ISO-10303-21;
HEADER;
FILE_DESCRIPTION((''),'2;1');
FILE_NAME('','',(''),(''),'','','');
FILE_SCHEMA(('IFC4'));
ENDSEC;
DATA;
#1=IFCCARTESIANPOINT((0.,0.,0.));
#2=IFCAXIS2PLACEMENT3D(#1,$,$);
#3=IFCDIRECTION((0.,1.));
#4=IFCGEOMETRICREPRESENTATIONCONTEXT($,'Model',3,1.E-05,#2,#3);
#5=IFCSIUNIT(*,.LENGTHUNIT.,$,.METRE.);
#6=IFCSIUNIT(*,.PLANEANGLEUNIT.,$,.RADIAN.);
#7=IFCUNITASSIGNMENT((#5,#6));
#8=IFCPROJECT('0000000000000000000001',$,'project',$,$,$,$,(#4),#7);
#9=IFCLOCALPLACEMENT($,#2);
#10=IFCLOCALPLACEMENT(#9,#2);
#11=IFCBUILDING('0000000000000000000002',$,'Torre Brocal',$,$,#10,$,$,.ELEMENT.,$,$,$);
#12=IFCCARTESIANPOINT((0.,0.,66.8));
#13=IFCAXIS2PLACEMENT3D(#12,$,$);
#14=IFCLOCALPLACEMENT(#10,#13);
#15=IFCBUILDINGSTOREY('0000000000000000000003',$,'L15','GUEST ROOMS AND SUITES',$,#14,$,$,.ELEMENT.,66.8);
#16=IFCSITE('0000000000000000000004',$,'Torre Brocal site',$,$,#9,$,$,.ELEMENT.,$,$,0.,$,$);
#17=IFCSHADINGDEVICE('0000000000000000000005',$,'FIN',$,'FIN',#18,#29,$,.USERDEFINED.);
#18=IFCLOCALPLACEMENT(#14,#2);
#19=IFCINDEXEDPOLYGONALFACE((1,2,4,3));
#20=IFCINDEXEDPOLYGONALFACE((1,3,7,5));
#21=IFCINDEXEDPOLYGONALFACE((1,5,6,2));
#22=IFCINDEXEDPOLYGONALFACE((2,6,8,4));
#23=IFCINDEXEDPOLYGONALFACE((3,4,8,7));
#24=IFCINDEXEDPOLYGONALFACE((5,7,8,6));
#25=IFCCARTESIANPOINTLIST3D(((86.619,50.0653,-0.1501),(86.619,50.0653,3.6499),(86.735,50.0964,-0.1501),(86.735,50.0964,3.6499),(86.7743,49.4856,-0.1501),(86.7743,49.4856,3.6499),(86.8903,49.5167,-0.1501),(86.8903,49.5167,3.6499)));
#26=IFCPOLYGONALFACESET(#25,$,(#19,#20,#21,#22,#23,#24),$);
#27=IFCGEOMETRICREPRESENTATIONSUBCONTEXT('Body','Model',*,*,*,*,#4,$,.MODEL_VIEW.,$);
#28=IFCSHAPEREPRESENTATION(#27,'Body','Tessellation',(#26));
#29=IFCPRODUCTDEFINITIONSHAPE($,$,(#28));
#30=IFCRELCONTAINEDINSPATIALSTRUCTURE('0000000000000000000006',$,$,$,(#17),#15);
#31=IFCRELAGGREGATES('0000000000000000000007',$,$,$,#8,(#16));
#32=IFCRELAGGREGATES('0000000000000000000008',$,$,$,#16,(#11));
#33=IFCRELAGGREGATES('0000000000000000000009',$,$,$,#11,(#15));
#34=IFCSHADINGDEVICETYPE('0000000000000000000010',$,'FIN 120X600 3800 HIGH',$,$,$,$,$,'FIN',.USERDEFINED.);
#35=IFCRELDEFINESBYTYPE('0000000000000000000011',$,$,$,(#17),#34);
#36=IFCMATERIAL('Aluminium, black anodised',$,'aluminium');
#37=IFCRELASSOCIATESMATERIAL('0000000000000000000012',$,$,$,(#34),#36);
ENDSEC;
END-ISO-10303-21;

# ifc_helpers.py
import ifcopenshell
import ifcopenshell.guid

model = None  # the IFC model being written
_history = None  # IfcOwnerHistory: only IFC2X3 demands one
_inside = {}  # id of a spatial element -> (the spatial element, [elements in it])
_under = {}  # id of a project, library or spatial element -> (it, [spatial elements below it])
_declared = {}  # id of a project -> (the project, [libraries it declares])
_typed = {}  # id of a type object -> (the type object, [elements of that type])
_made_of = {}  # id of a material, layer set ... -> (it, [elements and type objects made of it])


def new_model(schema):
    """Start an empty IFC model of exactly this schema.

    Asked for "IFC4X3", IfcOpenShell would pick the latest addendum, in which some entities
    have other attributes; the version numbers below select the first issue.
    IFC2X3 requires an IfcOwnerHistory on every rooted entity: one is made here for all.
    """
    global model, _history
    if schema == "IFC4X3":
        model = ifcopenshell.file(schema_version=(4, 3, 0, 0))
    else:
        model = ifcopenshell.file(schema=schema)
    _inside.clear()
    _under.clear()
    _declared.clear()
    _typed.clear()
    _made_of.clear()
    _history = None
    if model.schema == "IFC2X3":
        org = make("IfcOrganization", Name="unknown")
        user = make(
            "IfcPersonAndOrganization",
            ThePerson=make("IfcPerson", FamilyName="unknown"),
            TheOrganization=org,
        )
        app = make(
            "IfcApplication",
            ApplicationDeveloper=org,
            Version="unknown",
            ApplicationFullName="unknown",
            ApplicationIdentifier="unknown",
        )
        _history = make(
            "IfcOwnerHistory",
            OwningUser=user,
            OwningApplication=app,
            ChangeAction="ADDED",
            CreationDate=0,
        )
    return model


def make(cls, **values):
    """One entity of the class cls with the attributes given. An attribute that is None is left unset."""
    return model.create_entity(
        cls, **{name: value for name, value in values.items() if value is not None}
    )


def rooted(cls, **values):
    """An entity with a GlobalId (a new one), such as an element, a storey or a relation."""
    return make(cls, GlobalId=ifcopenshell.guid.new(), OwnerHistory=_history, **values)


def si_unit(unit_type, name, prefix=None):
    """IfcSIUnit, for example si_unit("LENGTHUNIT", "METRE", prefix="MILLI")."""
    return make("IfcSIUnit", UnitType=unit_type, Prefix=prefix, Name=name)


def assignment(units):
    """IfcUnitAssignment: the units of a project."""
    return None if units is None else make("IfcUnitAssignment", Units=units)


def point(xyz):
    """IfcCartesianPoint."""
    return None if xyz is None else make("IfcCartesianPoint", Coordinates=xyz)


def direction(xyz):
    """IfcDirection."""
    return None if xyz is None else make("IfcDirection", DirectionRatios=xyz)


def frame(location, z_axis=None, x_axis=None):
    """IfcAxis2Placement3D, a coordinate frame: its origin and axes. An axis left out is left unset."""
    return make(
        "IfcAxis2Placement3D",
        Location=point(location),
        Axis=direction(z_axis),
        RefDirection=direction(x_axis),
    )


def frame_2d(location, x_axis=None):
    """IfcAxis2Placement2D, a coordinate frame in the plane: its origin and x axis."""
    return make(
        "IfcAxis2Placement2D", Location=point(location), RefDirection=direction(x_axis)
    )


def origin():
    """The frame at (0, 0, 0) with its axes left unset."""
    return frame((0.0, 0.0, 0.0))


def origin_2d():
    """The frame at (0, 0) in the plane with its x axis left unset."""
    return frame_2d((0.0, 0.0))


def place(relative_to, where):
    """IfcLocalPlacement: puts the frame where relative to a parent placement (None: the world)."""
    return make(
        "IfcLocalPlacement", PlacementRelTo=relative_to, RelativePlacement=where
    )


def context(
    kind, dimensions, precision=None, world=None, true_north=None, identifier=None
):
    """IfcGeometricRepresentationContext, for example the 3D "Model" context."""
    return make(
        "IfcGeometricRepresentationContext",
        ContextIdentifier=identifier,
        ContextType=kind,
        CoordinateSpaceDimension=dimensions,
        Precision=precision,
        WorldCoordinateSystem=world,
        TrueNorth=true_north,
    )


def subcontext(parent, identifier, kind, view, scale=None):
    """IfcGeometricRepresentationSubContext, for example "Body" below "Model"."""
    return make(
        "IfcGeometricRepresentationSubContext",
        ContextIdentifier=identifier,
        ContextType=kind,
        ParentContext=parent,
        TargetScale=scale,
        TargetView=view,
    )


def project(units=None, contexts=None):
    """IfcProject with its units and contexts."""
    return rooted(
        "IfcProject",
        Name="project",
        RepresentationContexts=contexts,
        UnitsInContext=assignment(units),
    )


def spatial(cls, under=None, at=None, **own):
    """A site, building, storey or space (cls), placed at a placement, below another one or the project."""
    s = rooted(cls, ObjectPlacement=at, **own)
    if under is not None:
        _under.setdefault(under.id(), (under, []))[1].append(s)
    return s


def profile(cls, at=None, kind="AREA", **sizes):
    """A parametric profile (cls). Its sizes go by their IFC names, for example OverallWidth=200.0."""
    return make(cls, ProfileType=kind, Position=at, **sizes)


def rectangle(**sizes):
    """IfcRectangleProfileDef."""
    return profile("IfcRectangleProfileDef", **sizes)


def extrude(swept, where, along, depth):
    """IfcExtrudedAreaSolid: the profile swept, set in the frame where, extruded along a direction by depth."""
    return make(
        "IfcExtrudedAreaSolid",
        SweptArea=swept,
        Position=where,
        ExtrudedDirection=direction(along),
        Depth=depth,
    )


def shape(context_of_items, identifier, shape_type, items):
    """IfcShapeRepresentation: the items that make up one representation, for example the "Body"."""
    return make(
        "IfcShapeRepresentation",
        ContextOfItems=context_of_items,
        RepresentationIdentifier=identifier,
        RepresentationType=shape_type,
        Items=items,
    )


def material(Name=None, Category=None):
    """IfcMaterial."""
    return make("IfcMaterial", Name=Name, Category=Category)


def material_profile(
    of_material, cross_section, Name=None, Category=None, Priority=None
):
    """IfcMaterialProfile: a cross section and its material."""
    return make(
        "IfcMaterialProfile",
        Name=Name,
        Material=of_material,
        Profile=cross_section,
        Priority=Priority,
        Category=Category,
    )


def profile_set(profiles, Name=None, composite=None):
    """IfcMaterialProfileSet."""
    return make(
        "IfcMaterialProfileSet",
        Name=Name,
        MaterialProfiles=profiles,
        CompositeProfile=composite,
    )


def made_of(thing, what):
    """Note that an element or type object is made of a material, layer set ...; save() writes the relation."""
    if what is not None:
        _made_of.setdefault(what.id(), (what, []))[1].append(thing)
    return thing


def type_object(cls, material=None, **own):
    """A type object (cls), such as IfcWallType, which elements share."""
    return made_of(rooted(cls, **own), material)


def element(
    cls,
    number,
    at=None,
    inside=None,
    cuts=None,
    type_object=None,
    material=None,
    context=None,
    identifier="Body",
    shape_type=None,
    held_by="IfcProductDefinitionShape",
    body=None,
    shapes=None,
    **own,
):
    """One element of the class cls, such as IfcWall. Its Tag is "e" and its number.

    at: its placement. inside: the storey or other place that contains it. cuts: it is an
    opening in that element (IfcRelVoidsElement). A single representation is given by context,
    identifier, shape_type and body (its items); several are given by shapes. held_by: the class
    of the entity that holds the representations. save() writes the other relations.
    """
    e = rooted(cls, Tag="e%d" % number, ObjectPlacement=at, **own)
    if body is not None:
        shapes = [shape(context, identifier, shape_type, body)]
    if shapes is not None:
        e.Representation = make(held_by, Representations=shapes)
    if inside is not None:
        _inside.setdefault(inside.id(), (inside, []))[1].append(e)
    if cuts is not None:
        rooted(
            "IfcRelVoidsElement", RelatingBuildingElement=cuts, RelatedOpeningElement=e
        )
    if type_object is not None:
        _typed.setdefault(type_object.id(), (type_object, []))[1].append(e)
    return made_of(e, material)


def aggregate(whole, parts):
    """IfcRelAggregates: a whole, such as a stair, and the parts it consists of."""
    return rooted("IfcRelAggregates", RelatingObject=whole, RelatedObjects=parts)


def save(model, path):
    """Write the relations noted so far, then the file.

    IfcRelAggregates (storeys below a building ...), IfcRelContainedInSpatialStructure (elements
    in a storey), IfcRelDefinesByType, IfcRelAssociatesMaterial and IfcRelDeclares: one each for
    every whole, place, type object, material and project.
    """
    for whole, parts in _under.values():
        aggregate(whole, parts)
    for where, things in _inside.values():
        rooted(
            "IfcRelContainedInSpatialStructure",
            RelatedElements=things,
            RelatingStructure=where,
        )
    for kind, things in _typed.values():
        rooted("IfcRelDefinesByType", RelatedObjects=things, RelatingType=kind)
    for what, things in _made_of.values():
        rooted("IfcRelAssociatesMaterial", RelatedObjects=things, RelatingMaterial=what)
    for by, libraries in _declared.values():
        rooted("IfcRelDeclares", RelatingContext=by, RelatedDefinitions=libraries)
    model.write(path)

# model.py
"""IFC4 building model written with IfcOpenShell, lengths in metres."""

from ifc_helpers import new_model, si_unit, direction, frame, origin, origin_2d, place, context, subcontext, project, spatial, rectangle, extrude, material, material_profile, profile_set, type_object, element, save


model = new_model("IFC4")

# Units and contexts
model_context = context("Model", 3, precision=1e-05, world=origin(), true_north=direction((0.0, 1.0)))
body_context = subcontext(model_context, "Body", "Model", "MODEL_VIEW")
ifc_project = project(units=[si_unit("LENGTHUNIT", "METRE"), si_unit("PLANEANGLEUNIT", "RADIAN")], contexts=[model_context])

# Site, building, storey
site_placement = place(None, origin())
site = spatial("IfcSite", under=ifc_project, at=site_placement, Name="Torre Brocal site", CompositionType="ELEMENT", RefElevation=0.0)
building_placement = place(site_placement, origin())
building = spatial("IfcBuilding", under=site, at=building_placement, Name="Torre Brocal", CompositionType="ELEMENT")
storey_placement = place(building_placement, frame((0.0, 0.0, 66.8)))
storey = spatial("IfcBuildingStorey", under=building, at=storey_placement, Name="L15", Description="GUEST ROOMS AND SUITES", CompositionType="ELEMENT", Elevation=66.8)

# Shading device
ifc_material_1 = material(Name="Aluminium, black anodised", Category="aluminium")
ifc_material_profile_1 = material_profile(ifc_material_1, rectangle(XDim=0.1201, YDim=0.6001, at=origin_2d()), Name="FIN 120X600 3800 HIGH")
ifc_profile_set_1 = profile_set([ifc_material_profile_1], Name="Aluminium, black anodised")
shading_device_type = type_object("IfcShadingDeviceType", Name="FIN 120X600 3800 HIGH", ElementType="FIN", PredefinedType="USERDEFINED", material=ifc_profile_set_1)
shading_device_placement = place(storey_placement, frame((86.7546, 49.791, -0.1501), z_axis=(0.0, 0.0, 1.0), x_axis=(0.965926, 0.258819, 0.0)))
element("IfcShadingDevice", 1, at=shading_device_placement, inside=storey, type_object=shading_device_type, Name="FIN", ObjectType="FIN", PredefinedType="USERDEFINED", context=body_context, shape_type="SweptSolid", body=[
    extrude(rectangle(XDim=0.1201, YDim=0.6001, at=origin_2d()), origin(), (0.0, 0.0, 1.0), 3.8),
])

save(model, "model.ifc")
